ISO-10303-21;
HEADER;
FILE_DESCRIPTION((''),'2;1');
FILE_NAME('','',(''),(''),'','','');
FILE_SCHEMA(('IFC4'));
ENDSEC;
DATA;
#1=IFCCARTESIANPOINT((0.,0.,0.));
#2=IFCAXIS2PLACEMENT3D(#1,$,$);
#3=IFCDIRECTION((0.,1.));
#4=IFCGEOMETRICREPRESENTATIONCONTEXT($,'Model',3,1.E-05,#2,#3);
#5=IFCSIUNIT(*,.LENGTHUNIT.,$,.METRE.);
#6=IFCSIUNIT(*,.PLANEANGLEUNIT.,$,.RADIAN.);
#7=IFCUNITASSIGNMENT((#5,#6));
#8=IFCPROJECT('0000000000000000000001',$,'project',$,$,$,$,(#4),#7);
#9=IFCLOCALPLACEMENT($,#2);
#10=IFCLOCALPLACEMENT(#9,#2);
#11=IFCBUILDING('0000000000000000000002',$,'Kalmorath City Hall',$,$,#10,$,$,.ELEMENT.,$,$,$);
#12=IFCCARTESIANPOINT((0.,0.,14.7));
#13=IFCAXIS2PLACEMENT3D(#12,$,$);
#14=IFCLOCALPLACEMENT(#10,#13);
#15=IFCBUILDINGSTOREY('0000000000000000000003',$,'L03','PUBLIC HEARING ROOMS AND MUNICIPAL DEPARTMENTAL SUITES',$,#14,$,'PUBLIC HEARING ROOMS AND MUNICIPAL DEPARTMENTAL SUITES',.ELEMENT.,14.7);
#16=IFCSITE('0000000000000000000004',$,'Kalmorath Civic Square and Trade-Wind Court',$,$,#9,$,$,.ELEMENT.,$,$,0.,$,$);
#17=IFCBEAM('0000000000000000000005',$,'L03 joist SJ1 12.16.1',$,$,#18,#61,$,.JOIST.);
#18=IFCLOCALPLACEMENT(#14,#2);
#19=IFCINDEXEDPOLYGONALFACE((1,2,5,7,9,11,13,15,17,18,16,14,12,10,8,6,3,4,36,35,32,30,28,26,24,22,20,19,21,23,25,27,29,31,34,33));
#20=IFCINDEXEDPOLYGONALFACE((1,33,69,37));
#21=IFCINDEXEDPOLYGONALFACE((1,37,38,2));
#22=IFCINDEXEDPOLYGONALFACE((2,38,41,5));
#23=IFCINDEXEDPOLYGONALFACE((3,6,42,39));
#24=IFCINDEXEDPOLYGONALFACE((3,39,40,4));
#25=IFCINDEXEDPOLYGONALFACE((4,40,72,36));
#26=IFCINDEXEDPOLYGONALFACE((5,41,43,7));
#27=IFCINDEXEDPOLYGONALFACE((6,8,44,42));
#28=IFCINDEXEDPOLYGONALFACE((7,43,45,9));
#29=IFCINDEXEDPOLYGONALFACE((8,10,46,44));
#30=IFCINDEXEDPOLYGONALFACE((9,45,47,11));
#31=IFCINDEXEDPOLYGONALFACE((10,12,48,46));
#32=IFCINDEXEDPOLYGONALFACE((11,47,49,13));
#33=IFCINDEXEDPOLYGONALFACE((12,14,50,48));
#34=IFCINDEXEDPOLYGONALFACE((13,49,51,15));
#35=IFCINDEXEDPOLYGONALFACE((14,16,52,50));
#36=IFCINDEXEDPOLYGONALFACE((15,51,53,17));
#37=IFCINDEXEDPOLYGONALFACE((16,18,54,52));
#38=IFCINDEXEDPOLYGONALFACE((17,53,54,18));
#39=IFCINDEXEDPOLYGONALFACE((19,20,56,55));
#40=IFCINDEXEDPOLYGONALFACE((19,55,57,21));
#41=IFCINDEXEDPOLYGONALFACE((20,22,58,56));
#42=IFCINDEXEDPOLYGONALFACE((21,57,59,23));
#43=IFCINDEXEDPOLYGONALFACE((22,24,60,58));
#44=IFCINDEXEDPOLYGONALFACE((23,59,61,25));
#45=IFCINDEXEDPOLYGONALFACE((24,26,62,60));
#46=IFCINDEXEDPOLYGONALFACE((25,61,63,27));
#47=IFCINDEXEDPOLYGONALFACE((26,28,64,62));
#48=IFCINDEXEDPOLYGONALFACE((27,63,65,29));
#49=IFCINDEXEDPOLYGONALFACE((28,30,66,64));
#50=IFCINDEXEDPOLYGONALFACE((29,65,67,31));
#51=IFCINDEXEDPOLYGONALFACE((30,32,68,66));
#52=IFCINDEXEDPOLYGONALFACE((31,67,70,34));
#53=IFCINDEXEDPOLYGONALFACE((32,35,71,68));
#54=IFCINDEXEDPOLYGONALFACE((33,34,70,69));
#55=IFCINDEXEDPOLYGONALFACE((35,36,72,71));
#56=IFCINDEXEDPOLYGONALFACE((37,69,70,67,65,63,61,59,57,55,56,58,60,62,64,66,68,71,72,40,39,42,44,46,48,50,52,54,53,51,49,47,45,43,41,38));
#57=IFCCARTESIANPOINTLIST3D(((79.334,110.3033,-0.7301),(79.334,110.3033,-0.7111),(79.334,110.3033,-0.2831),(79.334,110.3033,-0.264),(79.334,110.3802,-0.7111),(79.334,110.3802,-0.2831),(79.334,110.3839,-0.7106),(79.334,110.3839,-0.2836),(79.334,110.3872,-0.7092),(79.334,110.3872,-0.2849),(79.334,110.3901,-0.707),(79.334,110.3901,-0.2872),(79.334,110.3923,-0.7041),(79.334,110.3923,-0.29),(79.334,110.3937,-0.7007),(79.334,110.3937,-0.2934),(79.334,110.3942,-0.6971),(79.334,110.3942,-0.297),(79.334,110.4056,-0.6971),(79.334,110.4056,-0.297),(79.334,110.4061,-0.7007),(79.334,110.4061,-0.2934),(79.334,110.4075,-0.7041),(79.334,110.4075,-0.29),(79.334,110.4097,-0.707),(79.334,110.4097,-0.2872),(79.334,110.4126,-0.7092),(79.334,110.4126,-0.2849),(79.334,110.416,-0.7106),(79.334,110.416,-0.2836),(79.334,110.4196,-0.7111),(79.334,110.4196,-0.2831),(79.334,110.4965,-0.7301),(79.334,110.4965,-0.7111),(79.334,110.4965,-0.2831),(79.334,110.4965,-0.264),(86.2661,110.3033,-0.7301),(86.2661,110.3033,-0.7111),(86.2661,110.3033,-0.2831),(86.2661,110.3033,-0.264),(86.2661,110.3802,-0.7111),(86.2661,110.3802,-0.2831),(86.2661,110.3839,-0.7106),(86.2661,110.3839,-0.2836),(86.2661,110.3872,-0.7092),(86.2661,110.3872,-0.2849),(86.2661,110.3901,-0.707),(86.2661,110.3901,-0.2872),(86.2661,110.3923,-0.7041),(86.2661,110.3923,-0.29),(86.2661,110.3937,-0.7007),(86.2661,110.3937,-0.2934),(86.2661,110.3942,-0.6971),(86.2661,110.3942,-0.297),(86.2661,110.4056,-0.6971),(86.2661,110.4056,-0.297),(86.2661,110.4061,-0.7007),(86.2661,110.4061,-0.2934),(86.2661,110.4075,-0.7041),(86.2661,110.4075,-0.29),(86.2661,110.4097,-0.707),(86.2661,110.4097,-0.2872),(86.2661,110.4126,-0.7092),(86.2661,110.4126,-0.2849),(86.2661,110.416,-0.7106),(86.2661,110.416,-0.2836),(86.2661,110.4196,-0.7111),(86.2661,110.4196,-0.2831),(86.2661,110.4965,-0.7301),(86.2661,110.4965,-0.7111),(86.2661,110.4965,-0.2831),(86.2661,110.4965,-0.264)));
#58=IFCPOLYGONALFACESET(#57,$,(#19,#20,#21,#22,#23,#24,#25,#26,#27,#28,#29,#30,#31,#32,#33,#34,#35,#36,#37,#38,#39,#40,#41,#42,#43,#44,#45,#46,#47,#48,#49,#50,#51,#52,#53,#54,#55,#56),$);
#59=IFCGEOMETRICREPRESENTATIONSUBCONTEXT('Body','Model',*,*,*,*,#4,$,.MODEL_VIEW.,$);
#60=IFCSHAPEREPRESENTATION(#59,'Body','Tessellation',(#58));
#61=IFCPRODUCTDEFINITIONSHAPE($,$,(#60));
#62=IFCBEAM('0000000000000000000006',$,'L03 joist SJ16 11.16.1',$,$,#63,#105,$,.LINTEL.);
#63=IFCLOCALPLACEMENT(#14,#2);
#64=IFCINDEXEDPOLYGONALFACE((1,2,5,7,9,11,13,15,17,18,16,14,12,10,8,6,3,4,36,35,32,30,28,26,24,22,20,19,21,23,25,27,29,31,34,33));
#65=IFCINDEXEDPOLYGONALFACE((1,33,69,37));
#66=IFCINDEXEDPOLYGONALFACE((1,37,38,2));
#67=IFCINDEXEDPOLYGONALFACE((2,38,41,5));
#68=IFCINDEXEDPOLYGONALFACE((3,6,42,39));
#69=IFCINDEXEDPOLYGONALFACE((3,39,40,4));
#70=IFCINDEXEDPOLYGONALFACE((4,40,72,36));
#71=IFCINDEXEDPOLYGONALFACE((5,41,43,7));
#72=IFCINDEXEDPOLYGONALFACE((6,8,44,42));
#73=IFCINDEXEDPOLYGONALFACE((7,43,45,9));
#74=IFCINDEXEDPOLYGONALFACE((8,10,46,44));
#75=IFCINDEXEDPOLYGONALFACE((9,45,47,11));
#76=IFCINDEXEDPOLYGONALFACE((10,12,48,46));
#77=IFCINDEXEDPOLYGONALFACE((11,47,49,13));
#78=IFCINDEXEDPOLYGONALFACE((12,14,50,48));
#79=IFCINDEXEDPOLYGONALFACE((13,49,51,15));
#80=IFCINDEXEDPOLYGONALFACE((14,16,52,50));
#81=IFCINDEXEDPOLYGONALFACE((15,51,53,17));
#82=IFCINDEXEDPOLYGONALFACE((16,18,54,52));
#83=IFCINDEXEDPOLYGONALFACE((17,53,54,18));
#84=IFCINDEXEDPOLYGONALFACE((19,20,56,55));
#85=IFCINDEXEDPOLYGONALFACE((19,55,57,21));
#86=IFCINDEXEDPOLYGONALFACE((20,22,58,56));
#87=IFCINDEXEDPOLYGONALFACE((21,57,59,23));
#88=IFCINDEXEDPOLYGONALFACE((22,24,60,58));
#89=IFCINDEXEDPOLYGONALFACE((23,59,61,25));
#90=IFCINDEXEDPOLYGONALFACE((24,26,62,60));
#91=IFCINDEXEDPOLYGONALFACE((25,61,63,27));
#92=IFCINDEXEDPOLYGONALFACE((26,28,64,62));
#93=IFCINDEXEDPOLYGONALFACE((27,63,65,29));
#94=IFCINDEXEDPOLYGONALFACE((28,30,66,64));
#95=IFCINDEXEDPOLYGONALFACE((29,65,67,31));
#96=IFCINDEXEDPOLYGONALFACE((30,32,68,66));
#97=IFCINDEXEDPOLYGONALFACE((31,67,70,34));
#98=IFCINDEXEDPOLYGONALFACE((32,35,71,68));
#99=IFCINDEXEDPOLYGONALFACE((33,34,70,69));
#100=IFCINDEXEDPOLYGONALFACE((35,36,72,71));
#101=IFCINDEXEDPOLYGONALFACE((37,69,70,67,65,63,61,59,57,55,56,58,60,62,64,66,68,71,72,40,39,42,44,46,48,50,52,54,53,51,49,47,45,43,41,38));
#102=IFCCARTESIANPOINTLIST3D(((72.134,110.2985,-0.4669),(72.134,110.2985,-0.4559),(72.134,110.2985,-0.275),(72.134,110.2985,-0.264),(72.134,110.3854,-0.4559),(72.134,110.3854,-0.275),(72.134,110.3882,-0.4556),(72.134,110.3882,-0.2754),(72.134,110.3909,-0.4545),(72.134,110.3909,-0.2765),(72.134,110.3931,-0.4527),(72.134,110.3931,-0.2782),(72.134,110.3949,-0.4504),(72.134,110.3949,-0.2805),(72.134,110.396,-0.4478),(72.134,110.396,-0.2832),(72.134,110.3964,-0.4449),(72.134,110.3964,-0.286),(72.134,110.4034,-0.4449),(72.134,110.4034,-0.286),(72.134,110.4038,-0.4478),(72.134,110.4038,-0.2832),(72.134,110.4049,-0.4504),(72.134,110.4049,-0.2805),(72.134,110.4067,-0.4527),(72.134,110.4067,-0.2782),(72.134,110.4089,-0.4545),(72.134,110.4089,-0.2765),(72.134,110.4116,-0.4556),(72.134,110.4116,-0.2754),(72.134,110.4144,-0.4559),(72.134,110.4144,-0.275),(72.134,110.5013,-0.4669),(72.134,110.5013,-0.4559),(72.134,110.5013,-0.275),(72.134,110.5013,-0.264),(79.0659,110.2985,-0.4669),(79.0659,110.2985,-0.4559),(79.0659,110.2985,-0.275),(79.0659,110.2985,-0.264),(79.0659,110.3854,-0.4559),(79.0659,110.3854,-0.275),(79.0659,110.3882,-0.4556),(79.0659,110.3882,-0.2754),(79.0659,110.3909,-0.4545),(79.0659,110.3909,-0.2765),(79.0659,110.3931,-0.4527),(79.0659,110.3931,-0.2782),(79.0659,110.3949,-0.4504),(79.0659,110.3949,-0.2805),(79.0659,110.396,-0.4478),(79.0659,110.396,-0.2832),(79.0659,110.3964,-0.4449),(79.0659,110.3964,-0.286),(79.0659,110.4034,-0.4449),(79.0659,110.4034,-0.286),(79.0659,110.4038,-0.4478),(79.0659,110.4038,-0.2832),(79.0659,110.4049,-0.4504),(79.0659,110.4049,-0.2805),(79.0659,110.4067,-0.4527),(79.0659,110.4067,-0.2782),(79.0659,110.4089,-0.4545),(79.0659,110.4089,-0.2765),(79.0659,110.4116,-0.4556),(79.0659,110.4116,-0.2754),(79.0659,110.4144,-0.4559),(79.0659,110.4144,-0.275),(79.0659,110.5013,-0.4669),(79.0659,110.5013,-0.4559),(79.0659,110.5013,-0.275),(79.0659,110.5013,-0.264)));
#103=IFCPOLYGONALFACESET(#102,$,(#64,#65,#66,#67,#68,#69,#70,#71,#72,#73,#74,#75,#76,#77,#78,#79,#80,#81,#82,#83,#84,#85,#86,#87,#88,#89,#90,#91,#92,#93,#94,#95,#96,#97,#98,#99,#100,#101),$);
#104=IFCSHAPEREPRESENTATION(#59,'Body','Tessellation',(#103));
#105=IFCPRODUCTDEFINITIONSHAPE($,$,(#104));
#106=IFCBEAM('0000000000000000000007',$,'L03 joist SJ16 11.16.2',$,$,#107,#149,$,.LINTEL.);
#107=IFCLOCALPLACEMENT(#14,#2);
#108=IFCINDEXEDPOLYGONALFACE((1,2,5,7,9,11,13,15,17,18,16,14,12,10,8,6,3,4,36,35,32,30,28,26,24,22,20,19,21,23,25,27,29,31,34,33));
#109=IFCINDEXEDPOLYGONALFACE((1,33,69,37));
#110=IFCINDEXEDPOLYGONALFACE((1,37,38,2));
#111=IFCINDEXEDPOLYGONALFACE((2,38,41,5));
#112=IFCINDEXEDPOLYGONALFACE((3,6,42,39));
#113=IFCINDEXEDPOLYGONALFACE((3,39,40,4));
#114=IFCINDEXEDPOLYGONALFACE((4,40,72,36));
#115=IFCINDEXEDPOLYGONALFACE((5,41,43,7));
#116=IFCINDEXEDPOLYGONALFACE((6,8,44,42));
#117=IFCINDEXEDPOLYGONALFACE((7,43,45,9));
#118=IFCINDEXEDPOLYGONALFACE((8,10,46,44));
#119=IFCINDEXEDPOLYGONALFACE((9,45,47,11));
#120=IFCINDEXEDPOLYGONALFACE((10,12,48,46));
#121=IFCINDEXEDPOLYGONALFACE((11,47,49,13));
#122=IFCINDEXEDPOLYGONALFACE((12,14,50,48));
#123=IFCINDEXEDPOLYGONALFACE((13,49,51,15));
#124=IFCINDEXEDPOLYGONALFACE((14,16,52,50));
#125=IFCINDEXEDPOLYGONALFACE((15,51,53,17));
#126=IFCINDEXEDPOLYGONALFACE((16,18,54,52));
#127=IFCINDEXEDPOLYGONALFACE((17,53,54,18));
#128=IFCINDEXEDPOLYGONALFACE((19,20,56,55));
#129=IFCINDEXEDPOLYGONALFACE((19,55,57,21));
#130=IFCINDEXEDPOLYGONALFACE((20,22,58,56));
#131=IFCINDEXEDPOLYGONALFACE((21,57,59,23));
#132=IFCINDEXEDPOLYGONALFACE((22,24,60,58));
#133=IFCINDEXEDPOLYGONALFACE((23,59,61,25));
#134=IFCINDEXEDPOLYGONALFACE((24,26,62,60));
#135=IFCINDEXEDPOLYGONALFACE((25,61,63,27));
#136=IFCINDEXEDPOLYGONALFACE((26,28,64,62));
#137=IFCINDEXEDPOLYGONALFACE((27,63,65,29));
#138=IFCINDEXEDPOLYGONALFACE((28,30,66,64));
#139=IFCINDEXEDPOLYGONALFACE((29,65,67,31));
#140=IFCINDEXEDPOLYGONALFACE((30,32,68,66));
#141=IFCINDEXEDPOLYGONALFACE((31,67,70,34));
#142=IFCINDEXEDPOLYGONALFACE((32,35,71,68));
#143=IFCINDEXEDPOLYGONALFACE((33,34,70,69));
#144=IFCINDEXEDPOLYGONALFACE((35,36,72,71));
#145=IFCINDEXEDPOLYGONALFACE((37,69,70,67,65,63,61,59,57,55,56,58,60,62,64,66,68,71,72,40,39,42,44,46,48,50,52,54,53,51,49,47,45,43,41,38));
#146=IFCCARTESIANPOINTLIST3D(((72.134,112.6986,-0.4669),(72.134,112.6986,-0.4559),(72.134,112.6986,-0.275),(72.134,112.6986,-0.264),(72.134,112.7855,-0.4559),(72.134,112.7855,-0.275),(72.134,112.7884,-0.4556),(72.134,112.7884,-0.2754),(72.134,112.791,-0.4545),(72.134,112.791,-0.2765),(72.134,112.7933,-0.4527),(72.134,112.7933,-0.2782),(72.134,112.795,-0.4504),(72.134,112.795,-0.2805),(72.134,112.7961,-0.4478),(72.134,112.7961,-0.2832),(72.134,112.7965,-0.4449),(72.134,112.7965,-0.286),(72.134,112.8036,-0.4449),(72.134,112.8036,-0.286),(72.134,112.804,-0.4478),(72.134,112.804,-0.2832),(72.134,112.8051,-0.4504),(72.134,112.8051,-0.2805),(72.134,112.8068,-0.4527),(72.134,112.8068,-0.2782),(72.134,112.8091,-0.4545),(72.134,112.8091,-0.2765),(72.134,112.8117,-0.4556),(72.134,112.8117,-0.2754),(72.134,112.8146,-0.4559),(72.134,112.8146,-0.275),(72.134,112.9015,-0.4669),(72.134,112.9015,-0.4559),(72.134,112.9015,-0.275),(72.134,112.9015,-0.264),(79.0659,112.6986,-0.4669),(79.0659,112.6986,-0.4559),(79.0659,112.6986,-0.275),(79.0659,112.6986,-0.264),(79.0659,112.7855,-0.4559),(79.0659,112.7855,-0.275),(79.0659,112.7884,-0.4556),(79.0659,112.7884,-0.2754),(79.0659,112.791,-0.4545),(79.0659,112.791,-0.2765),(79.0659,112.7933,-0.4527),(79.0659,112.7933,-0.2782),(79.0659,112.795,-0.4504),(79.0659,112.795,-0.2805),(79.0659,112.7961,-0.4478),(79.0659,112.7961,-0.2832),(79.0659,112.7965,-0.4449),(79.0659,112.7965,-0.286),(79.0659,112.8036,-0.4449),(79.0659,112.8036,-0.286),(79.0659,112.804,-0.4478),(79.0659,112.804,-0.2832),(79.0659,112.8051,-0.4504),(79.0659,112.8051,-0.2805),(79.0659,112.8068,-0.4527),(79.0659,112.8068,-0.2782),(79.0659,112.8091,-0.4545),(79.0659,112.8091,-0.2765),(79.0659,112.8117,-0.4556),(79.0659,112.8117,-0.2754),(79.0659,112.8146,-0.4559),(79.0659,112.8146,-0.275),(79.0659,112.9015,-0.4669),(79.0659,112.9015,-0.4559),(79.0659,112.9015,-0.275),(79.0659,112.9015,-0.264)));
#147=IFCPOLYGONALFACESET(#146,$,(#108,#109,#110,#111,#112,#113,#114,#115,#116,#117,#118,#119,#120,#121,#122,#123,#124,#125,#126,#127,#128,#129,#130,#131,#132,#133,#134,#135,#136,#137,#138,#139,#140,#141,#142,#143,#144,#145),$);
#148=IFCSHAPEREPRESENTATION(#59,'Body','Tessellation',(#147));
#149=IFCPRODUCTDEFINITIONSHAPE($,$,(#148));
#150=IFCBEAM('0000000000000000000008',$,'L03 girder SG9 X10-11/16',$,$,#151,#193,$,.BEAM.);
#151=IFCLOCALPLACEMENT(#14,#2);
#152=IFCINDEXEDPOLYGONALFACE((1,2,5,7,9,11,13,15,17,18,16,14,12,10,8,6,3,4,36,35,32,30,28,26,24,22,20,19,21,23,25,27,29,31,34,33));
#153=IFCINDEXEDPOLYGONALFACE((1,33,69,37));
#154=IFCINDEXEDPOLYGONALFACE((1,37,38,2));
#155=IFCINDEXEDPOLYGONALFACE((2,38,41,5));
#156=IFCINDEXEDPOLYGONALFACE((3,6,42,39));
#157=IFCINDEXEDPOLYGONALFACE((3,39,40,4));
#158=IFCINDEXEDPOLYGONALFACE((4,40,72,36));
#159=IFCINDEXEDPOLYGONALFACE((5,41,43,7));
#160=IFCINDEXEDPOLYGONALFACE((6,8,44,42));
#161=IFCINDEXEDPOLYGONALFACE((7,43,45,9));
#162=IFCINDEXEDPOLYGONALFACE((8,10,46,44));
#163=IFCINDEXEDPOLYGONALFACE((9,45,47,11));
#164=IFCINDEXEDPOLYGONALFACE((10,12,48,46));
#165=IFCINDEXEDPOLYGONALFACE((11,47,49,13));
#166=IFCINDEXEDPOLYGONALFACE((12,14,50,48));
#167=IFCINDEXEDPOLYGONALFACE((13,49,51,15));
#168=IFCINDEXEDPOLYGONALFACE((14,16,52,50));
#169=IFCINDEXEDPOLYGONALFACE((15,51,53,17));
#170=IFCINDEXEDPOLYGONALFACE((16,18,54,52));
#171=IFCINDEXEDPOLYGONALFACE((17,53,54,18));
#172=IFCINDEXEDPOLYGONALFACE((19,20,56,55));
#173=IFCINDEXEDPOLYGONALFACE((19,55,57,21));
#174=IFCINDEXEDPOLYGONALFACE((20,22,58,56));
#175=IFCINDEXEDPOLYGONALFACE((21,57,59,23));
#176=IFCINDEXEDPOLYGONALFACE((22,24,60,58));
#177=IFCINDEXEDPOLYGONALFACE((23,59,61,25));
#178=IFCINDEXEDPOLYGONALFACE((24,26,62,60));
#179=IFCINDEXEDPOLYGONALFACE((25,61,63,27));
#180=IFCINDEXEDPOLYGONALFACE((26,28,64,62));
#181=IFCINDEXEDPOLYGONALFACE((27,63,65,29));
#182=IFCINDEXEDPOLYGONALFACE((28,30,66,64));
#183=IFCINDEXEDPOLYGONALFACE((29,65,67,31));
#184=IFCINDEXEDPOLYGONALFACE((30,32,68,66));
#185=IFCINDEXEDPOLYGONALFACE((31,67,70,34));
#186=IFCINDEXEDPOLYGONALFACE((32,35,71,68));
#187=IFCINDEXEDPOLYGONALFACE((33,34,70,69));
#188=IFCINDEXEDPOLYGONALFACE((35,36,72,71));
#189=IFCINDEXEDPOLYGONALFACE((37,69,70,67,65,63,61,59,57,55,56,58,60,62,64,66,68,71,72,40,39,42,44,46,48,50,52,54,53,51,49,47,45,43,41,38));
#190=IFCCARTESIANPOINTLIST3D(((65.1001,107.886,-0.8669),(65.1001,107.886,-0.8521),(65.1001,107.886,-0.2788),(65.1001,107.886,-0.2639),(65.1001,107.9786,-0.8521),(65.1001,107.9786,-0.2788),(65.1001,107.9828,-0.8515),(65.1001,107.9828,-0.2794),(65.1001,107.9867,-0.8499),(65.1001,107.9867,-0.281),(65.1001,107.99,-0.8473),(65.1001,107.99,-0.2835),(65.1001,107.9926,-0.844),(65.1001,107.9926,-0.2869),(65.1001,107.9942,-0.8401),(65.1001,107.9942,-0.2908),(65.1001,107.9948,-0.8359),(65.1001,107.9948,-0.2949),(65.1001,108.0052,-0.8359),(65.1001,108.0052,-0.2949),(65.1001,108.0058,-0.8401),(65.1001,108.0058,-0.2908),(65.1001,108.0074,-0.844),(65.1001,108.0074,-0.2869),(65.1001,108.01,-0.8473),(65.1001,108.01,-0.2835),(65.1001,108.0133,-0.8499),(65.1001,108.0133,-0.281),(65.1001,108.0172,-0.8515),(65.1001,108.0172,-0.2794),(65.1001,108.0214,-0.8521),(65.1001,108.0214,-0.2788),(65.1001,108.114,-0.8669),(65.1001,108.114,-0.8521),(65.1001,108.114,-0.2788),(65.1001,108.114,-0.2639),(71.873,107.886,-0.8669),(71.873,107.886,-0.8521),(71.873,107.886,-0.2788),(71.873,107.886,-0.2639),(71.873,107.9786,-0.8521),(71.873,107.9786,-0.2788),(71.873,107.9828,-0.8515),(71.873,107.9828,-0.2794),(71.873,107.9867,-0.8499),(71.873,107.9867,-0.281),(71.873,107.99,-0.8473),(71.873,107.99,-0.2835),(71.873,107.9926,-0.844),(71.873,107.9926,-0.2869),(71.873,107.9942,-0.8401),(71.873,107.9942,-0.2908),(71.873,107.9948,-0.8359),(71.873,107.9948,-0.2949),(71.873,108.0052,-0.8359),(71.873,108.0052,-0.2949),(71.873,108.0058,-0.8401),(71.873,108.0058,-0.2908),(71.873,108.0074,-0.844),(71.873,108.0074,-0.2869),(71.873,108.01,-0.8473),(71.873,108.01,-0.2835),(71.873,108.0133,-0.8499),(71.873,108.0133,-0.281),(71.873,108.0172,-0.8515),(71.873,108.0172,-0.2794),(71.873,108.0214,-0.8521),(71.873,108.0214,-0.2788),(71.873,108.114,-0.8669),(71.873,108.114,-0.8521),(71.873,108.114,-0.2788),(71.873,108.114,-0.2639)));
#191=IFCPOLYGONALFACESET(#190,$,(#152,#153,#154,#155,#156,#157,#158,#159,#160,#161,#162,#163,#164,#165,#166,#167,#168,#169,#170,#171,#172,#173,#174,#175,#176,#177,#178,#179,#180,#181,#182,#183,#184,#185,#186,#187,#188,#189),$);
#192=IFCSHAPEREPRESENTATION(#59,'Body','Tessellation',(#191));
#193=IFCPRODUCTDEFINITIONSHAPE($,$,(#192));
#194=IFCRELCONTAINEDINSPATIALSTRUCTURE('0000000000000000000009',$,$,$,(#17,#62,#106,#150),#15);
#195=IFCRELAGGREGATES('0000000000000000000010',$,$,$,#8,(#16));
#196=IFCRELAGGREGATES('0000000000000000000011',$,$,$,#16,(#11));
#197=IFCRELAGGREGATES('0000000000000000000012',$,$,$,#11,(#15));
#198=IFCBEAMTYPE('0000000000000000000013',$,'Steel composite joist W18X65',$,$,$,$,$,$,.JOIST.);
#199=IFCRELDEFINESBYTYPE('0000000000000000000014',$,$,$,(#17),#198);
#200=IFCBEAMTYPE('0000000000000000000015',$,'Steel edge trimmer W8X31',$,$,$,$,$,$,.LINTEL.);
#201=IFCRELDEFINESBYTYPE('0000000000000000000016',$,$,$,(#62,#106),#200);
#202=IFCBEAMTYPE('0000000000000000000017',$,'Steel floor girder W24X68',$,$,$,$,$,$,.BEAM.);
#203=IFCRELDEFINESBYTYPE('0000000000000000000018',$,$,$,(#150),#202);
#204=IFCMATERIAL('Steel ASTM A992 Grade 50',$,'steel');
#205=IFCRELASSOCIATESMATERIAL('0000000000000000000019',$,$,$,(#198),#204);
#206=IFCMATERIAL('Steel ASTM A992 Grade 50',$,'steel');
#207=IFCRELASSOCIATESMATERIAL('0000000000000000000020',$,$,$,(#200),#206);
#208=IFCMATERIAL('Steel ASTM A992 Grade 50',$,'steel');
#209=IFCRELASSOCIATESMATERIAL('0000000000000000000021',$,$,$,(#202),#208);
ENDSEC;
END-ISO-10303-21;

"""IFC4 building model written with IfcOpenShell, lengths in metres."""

from ifc_helpers import new_model, si_unit, direction, frame, origin, origin_2d, place, context, subcontext, project, spatial, i_section, extrude, material, material_profile, profile_set, type_object, element, save


model = new_model("IFC4")

# Units and contexts
model_context = context("Model", 3, precision=1e-05, world=origin(), true_north=direction((0.0, 1.0)))
body_context = subcontext(model_context, "Body", "Model", "MODEL_VIEW")
ifc_project = project(units=[si_unit("LENGTHUNIT", "METRE"), si_unit("PLANEANGLEUNIT", "RADIAN")], contexts=[model_context])

# Site, building, storey
site_placement = place(None, origin())
site = spatial("IfcSite", under=ifc_project, at=site_placement, Name="Kalmorath Civic Square and Trade-Wind Court", CompositionType="ELEMENT", RefElevation=0.0)
building_placement = place(site_placement, origin())
building = spatial("IfcBuilding", under=site, at=building_placement, Name="Kalmorath City Hall", CompositionType="ELEMENT")
storey_placement = place(building_placement, frame((0.0, 0.0, 14.7)))
storey = spatial("IfcBuildingStorey", under=building, at=storey_placement, Name="L03", Description="PUBLIC HEARING ROOMS AND MUNICIPAL DEPARTMENTAL SUITES", LongName="PUBLIC HEARING ROOMS AND MUNICIPAL DEPARTMENTAL SUITES", CompositionType="ELEMENT", Elevation=14.7)

# Beams
ifc_material_1 = material(Name="Steel ASTM A992 Grade 50", Category="steel")
ifc_material_profile_1 = material_profile(ifc_material_1, i_section(OverallWidth=0.1931, OverallDepth=0.4661, WebThickness=0.0115, FlangeThickness=0.019, FilletRadius=0.0139, at=origin_2d()), Name="W18X65")
ifc_profile_set_1 = profile_set([ifc_material_profile_1], Name="Steel ASTM A992 Grade 50")
beam_type_1 = type_object("IfcBeamType", Name="Steel composite joist W18X65", PredefinedType="JOIST", material=ifc_profile_set_1)
beam_1_placement = place(storey_placement, frame((79.334, 110.3999, -0.4971), z_axis=(1.0, 0.0, 0.0), x_axis=(0.0, 1.0, 0.0)))
element("IfcBeam", 1, at=beam_1_placement, inside=storey, type_object=beam_type_1, Name="L03 joist SJ1 12.16.1", PredefinedType="JOIST", context=body_context, shape_type="SweptSolid", body=[
    extrude(i_section(OverallWidth=0.1931, OverallDepth=0.4661, WebThickness=0.0115, FlangeThickness=0.019, FilletRadius=0.0139, at=origin_2d()), origin(), (0.0, 0.0, 1.0), 6.9321),
])
ifc_material_2 = material(Name="Steel ASTM A992 Grade 50", Category="steel")
ifc_material_profile_2 = material_profile(ifc_material_2, i_section(OverallWidth=0.2029, OverallDepth=0.2029, WebThickness=0.0071, FlangeThickness=0.011, FilletRadius=0.011, at=origin_2d()), Name="W8X31")
ifc_profile_set_2 = profile_set([ifc_material_profile_2], Name="Steel ASTM A992 Grade 50")
beam_type_2 = type_object("IfcBeamType", Name="Steel edge trimmer W8X31", PredefinedType="LINTEL", material=ifc_profile_set_2)
for number, where, z_axis, x_axis, name in (
    (2, (72.134, 110.3999, -0.3655), (1.0, 0.0, 0.0), (0.0, 1.0, 0.0), "L03 joist SJ16 11.16.1"),
    (3, (72.134, 112.8, -0.3655), (1.0, 0.0, 0.0), (0.0, 1.0, 0.0), "L03 joist SJ16 11.16.2"),
):
    element("IfcBeam", number, at=place(storey_placement, frame(where, z_axis=z_axis, x_axis=x_axis)), inside=storey, type_object=beam_type_2, Name=name, PredefinedType="LINTEL", context=body_context, shape_type="SweptSolid", body=[
        extrude(i_section(OverallWidth=0.2029, OverallDepth=0.2029, WebThickness=0.0071, FlangeThickness=0.011, FilletRadius=0.011, at=origin_2d()), origin(), (0.0, 0.0, 1.0), 6.9319),
    ])
ifc_material_3 = material(Name="Steel ASTM A992 Grade 50", Category="steel")
ifc_material_profile_3 = material_profile(ifc_material_3, i_section(OverallWidth=0.228, OverallDepth=0.603, WebThickness=0.0105, FlangeThickness=0.0149, FilletRadius=0.0161, at=origin_2d()), Name="W24X68")
ifc_profile_set_3 = profile_set([ifc_material_profile_3], Name="Steel ASTM A992 Grade 50")
beam_type_3 = type_object("IfcBeamType", Name="Steel floor girder W24X68", PredefinedType="BEAM", material=ifc_profile_set_3)
for number, where, z_axis, x_axis, name in (
    (4, (65.1001, 108.0, -0.5654), (1.0, 0.0, 0.0), (0.0, 1.0, 0.0), "L03 girder SG9 X10-11/16"),
):
    element("IfcBeam", number, at=place(storey_placement, frame(where, z_axis=z_axis, x_axis=x_axis)), inside=storey, type_object=beam_type_3, Name=name, PredefinedType="BEAM", context=body_context, shape_type="SweptSolid", body=[
        extrude(i_section(OverallWidth=0.228, OverallDepth=0.603, WebThickness=0.0105, FlangeThickness=0.0149, FilletRadius=0.0161, at=origin_2d()), origin(), (0.0, 0.0, 1.0), 6.7729),
    ])

save(model, "model.ifc")
